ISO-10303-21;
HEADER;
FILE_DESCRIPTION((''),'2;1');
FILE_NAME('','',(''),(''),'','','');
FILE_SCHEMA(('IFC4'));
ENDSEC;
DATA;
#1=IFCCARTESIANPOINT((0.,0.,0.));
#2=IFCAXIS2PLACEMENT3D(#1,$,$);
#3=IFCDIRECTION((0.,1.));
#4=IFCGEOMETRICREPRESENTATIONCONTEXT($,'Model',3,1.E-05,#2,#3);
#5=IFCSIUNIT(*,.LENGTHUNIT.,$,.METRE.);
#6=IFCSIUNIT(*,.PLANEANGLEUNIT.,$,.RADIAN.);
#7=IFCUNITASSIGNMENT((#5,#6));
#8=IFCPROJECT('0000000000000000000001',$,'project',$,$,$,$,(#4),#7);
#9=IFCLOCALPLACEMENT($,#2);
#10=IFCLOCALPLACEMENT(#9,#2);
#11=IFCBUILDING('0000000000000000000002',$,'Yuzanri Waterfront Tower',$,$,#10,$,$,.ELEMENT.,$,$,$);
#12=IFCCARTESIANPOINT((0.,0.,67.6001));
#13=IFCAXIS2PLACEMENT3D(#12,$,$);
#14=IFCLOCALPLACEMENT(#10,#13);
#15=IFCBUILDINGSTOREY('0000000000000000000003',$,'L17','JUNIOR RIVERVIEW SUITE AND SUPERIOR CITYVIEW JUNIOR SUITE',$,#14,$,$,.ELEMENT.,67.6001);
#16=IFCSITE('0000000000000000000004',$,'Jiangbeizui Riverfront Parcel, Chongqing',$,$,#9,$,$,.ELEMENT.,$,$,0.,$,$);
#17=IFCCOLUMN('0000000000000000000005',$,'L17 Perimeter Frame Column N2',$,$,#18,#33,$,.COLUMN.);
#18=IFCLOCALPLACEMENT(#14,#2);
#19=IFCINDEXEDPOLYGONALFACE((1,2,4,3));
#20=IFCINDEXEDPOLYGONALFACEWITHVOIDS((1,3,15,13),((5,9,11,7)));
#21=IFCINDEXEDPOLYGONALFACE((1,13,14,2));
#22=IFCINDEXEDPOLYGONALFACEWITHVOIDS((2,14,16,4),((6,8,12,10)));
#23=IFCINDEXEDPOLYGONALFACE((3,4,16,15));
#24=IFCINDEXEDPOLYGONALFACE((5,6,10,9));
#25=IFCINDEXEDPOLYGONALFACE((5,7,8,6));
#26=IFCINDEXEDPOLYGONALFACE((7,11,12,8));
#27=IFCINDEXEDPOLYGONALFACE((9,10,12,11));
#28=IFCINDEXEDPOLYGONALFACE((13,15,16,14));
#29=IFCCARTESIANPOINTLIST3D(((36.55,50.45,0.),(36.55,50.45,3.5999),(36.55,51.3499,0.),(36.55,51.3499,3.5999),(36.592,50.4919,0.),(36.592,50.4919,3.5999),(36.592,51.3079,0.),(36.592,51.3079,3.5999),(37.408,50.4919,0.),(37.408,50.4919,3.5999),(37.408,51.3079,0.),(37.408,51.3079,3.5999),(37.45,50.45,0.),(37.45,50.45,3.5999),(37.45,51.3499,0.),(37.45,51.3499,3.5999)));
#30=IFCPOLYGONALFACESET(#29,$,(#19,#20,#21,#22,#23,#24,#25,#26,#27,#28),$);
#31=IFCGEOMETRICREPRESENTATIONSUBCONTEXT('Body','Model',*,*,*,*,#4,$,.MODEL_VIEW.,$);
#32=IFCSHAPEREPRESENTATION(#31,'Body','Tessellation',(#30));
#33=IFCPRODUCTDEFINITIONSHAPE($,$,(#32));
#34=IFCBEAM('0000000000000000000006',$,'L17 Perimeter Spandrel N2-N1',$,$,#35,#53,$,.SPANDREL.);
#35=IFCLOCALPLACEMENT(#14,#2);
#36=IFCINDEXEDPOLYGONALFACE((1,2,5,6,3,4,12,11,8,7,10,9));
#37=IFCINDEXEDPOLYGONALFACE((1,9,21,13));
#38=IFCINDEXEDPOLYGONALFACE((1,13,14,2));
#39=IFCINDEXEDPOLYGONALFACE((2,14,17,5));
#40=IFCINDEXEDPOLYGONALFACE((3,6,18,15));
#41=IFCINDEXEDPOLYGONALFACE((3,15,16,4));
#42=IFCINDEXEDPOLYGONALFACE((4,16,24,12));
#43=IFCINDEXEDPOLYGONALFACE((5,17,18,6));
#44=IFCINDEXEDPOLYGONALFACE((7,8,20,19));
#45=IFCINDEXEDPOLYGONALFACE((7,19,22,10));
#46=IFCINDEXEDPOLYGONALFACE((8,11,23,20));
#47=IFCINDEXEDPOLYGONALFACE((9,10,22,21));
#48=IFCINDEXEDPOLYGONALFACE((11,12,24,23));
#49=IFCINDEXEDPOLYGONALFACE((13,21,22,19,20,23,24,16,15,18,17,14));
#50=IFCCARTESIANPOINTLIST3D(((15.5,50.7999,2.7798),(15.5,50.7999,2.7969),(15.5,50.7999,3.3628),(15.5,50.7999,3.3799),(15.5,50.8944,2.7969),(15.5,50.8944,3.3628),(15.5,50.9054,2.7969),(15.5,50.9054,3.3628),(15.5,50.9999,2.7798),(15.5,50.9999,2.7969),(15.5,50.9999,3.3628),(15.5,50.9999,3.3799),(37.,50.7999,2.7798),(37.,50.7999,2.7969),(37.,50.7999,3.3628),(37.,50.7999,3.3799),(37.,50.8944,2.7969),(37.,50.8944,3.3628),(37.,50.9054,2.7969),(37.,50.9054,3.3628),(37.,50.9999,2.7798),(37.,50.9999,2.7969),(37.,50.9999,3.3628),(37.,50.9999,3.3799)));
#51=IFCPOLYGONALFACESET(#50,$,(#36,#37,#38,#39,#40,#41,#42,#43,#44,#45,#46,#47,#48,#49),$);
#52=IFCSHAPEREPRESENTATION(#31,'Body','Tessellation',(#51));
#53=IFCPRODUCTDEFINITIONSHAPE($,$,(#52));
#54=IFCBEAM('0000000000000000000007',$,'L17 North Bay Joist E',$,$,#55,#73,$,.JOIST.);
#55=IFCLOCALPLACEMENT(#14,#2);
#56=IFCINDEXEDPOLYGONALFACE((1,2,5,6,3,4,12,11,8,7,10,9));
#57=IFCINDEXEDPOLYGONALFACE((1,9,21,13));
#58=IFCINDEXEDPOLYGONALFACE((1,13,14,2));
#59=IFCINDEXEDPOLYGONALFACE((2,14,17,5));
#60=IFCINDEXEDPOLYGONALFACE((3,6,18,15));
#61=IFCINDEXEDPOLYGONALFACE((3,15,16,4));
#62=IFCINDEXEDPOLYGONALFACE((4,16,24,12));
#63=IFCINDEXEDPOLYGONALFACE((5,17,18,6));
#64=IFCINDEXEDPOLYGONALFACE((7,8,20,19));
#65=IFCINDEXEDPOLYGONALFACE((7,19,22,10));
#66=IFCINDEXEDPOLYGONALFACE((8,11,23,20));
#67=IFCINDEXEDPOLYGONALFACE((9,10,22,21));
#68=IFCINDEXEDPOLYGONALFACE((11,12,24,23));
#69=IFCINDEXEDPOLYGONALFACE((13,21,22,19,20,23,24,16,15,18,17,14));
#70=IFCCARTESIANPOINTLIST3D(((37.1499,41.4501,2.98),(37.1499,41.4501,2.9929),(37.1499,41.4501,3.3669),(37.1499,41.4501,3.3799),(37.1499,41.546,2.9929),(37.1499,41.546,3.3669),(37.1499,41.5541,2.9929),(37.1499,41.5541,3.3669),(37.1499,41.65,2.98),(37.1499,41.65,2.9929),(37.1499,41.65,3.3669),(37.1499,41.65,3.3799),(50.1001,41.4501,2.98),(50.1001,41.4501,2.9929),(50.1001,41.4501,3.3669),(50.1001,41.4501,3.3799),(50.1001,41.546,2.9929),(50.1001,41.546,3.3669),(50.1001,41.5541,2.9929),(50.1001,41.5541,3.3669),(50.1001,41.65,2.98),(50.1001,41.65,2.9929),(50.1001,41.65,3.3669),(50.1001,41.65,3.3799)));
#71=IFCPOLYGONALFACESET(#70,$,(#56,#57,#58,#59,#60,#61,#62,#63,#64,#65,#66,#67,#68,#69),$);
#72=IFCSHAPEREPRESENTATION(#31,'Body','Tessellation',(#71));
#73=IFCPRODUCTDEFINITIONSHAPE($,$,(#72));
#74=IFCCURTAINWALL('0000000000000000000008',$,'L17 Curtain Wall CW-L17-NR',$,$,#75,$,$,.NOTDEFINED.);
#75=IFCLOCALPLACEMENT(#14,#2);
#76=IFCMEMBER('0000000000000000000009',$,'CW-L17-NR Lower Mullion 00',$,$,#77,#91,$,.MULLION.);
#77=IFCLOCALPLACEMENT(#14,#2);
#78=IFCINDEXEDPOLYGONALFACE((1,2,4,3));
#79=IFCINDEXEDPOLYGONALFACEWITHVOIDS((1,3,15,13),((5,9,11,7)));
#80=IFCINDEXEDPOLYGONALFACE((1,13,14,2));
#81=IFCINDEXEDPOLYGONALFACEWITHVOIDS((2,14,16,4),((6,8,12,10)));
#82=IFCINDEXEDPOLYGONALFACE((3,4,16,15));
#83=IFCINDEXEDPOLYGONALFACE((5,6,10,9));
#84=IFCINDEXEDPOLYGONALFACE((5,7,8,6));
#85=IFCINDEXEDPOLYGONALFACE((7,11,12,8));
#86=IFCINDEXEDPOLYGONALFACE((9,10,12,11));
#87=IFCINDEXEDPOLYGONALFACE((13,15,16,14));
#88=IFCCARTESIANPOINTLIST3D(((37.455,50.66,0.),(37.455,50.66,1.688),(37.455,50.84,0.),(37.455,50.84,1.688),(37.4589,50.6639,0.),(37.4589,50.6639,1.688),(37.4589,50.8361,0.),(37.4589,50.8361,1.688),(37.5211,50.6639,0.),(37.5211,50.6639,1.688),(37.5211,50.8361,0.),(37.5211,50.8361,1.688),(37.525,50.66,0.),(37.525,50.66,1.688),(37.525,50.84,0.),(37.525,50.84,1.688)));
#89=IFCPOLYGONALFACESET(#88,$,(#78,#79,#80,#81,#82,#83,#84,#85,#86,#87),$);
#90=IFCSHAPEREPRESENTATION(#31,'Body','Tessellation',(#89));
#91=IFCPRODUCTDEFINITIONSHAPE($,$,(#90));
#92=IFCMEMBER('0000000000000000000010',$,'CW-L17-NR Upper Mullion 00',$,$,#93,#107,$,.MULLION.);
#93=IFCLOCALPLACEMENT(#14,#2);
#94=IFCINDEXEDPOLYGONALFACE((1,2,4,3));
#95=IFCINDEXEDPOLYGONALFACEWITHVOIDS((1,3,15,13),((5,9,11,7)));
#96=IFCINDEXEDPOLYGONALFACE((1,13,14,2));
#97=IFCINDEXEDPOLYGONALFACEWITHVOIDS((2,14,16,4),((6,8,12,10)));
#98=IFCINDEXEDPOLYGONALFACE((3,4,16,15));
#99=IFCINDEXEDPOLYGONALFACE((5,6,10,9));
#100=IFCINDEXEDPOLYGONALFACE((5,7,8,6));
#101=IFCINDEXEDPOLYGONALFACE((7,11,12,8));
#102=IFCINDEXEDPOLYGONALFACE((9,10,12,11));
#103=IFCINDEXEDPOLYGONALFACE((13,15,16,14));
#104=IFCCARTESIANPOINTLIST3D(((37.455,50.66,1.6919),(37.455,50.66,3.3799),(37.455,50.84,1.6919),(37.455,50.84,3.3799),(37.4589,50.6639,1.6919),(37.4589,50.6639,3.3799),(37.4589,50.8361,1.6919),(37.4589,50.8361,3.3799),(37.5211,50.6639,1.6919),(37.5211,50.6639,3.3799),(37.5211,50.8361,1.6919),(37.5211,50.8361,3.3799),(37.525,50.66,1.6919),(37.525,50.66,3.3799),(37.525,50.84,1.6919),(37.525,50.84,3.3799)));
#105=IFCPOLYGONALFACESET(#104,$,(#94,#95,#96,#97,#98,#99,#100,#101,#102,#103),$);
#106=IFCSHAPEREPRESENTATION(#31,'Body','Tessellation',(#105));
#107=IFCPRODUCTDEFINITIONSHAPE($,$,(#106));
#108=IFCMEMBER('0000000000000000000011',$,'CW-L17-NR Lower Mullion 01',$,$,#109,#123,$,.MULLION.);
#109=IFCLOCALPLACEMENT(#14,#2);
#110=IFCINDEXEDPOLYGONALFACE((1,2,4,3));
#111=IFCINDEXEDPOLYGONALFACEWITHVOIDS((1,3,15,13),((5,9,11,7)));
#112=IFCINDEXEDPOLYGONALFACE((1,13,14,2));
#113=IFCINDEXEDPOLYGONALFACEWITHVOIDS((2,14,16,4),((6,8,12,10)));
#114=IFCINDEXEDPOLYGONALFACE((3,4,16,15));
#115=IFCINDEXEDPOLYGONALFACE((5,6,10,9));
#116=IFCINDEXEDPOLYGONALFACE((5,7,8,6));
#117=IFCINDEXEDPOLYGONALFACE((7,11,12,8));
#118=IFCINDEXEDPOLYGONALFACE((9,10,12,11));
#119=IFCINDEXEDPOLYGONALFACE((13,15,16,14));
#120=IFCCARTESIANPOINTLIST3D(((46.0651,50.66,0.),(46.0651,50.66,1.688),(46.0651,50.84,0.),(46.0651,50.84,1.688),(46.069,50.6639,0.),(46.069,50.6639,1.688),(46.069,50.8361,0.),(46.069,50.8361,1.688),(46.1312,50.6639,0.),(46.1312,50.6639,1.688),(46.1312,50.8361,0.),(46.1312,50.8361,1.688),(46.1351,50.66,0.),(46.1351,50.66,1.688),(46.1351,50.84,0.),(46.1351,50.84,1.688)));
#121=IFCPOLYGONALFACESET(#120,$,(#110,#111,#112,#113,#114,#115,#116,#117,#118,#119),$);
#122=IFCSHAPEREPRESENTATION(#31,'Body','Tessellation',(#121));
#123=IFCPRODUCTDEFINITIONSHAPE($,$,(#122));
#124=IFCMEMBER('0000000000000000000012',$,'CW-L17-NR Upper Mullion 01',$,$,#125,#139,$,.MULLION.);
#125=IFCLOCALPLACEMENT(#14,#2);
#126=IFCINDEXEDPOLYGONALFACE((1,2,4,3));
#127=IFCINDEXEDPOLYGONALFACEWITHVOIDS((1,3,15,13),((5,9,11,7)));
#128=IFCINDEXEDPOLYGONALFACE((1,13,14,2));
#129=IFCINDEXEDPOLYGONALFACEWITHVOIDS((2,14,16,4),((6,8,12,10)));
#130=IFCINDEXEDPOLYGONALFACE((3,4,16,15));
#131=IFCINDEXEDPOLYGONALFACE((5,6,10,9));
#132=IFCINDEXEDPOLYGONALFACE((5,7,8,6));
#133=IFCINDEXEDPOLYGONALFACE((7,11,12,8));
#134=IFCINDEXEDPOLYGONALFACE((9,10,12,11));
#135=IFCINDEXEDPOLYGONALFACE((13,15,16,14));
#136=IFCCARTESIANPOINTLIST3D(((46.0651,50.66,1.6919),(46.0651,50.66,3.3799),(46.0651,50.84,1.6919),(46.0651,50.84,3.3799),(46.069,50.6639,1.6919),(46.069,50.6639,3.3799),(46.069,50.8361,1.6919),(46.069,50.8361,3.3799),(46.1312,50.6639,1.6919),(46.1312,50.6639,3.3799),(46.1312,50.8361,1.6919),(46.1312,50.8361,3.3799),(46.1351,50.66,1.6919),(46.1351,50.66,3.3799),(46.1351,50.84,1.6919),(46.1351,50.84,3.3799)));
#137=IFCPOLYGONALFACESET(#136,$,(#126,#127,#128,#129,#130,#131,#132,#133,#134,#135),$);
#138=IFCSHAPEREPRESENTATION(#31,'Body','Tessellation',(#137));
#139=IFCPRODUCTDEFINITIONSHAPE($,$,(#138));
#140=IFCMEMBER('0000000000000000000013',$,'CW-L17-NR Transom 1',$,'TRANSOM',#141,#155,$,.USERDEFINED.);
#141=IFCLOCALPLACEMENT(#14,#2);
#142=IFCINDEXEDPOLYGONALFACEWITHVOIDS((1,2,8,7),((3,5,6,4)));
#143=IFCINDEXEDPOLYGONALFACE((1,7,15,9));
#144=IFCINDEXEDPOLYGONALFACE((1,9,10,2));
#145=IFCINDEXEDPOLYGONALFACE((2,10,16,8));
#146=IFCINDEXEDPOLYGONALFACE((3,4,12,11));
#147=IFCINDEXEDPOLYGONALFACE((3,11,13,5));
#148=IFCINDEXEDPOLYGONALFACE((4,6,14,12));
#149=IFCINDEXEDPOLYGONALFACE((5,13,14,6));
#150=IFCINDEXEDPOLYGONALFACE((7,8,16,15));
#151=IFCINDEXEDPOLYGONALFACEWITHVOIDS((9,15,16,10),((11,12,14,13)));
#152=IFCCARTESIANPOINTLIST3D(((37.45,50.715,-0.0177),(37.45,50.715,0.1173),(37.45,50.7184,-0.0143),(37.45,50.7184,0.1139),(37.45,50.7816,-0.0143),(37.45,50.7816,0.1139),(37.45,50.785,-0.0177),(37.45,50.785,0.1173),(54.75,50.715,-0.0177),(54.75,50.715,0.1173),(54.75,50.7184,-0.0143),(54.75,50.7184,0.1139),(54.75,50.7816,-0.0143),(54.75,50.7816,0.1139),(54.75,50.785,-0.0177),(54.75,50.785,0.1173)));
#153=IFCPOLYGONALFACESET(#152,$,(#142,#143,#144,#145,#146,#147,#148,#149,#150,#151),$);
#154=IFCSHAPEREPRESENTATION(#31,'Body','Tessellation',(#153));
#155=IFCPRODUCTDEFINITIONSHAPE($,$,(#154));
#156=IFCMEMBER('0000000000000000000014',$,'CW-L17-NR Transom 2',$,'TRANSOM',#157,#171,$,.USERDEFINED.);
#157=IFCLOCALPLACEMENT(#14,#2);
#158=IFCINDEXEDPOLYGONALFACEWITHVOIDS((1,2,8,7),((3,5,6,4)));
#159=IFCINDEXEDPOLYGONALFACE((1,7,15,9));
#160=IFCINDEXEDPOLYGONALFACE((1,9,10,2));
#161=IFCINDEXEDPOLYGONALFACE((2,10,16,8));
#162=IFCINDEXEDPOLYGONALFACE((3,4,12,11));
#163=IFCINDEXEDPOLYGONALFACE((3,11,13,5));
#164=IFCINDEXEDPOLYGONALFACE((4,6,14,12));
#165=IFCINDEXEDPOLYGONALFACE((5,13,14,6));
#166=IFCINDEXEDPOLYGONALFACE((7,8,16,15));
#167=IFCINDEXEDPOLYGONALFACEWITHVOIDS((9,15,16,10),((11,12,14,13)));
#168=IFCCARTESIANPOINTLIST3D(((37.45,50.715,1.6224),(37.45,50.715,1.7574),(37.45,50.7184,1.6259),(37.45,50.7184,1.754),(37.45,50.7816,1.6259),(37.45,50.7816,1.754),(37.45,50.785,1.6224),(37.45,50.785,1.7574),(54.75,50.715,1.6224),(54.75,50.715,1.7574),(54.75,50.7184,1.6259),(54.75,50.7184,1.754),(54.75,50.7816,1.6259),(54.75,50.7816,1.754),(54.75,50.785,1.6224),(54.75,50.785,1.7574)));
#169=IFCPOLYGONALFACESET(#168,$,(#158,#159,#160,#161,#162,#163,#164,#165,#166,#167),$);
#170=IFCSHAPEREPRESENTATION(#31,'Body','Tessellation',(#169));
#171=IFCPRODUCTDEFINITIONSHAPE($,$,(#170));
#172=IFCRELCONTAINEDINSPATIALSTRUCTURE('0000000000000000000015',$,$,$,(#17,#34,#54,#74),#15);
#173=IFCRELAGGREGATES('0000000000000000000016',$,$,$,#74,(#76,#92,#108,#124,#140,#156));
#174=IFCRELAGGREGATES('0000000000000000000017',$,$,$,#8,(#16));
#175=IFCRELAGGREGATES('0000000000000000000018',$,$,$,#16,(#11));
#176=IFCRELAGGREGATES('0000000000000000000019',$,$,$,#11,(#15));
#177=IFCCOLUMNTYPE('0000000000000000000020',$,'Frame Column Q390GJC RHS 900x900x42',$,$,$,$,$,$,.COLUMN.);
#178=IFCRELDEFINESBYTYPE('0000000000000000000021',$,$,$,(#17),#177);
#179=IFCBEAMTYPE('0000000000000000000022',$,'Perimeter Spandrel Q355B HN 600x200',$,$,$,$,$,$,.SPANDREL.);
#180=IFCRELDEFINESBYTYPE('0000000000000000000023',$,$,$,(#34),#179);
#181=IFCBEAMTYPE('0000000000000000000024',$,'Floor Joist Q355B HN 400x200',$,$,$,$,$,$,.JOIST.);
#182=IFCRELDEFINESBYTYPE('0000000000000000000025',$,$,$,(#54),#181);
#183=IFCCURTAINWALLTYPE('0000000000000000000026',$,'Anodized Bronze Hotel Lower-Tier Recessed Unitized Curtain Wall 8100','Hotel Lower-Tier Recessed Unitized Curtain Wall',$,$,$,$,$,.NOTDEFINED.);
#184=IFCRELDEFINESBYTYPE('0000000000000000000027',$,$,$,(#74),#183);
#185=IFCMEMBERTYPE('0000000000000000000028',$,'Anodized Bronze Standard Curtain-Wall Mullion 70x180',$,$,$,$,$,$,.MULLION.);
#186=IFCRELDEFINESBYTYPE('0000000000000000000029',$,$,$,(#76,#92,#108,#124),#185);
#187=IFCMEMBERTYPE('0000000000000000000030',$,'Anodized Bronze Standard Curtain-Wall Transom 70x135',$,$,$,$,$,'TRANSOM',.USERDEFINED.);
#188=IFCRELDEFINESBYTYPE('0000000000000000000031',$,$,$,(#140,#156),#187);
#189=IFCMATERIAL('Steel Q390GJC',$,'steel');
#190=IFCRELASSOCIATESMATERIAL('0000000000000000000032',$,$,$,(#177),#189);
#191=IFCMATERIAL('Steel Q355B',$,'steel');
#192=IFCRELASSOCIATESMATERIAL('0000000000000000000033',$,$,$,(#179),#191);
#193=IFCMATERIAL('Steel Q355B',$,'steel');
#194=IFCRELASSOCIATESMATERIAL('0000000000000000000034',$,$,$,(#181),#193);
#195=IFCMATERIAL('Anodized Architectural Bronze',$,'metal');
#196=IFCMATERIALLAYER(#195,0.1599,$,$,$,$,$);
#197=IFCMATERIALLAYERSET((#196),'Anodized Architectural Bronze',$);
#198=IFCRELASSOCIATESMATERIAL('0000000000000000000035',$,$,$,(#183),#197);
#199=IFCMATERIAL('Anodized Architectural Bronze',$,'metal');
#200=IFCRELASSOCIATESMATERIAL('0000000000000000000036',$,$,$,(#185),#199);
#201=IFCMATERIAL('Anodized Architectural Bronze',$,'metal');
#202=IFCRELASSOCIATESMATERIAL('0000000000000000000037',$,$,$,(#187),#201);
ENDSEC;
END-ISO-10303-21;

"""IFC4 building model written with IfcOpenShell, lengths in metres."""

from ifc_helpers import new_model, si_unit, direction, frame, origin, origin_2d, place, context, subcontext, project, spatial, hollow_rectangle, i_section, extrude, source, transform, mapped, material, layer, layer_set, material_profile, profile_set, type_object, element, aggregate, save


model = new_model("IFC4")

# Units and contexts
model_context = context("Model", 3, precision=1e-05, world=origin(), true_north=direction((0.0, 1.0)))
body_context = subcontext(model_context, "Body", "Model", "MODEL_VIEW")
ifc_project = project(units=[si_unit("LENGTHUNIT", "METRE"), si_unit("PLANEANGLEUNIT", "RADIAN")], contexts=[model_context])

# Site, building, storey
site_placement = place(None, origin())
site = spatial("IfcSite", under=ifc_project, at=site_placement, Name="Jiangbeizui Riverfront Parcel, Chongqing", CompositionType="ELEMENT", RefElevation=0.0)
building_placement = place(site_placement, origin())
building = spatial("IfcBuilding", under=site, at=building_placement, Name="Yuzanri Waterfront Tower", CompositionType="ELEMENT")
storey_placement = place(building_placement, frame((0.0, 0.0, 67.6001)))
storey = spatial("IfcBuildingStorey", under=building, at=storey_placement, Name="L17", Description="JUNIOR RIVERVIEW SUITE AND SUPERIOR CITYVIEW JUNIOR SUITE", CompositionType="ELEMENT", Elevation=67.6001)

# Column
ifc_material_1 = material(Name="Steel Q390GJC", Category="steel")
ifc_material_profile_1 = material_profile(ifc_material_1, hollow_rectangle(XDim=0.8999, YDim=0.8999, WallThickness=0.042, at=origin_2d()), Name="RHS 900x900x42")
ifc_profile_set_1 = profile_set([ifc_material_profile_1], Name="Steel Q390GJC")
column_type = type_object("IfcColumnType", Name="Frame Column Q390GJC RHS 900x900x42", PredefinedType="COLUMN", material=ifc_profile_set_1)
shared_shape_1 = source(origin(), body_context, "Body", "SweptSolid", [
    extrude(hollow_rectangle(XDim=0.8999, YDim=0.8999, WallThickness=0.042, at=origin_2d()), origin(), (0.0, 0.0, 1.0), 3.5999),
])
column_placement = place(storey_placement, frame((37.0, 50.8999, 0.0), z_axis=(0.0, 0.0, 1.0), x_axis=(1.0, 0.0, 0.0)))
element("IfcColumn", 1, at=column_placement, inside=storey, type_object=column_type, Name="L17 Perimeter Frame Column N2", PredefinedType="COLUMN", context=body_context, shape_type="MappedRepresentation", body=[
    mapped(shared_shape_1, transform((0.0, 0.0, 0.0), scale=1.0)),
])

# Beams
ifc_material_2 = material(Name="Steel Q355B", Category="steel")
ifc_material_profile_2 = material_profile(ifc_material_2, i_section(OverallWidth=0.2, OverallDepth=0.6001, WebThickness=0.011, FlangeThickness=0.0171, at=origin_2d()), Name="HN 600x200x11x17")
ifc_profile_set_2 = profile_set([ifc_material_profile_2], Name="Steel Q355B")
beam_type_1 = type_object("IfcBeamType", Name="Perimeter Spandrel Q355B HN 600x200", PredefinedType="SPANDREL", material=ifc_profile_set_2)
shared_shape_2 = source(origin(), body_context, "Body", "SweptSolid", [
    extrude(i_section(OverallWidth=0.2, OverallDepth=0.6001, WebThickness=0.011, FlangeThickness=0.0171, at=origin_2d()), origin(), (0.0, 0.0, 1.0), 21.5),
])
beam_1_placement = place(storey_placement, frame((37.0, 50.8999, 3.0798), z_axis=(-1.0, 0.0, 0.0), x_axis=(0.0, -1.0, 0.0)))
element("IfcBeam", 2, at=beam_1_placement, inside=storey, type_object=beam_type_1, Name="L17 Perimeter Spandrel N2-N1", PredefinedType="SPANDREL", context=body_context, shape_type="MappedRepresentation", body=[
    mapped(shared_shape_2, transform((0.0, 0.0, 0.0), scale=1.0)),
])
ifc_material_3 = material(Name="Steel Q355B", Category="steel")
ifc_material_profile_3 = material_profile(ifc_material_3, i_section(OverallWidth=0.2, OverallDepth=0.3999, WebThickness=0.0081, FlangeThickness=0.0129, at=origin_2d()), Name="HN 400x200x8x13")
ifc_profile_set_3 = profile_set([ifc_material_profile_3], Name="Steel Q355B")
beam_type_2 = type_object("IfcBeamType", Name="Floor Joist Q355B HN 400x200", PredefinedType="JOIST", material=ifc_profile_set_3)
shared_shape_3 = source(origin(), body_context, "Body", "SweptSolid", [
    extrude(i_section(OverallWidth=0.2, OverallDepth=0.3999, WebThickness=0.0081, FlangeThickness=0.0129, at=origin_2d()), origin(), (0.0, 0.0, 1.0), 12.9502),
])
beam_2_placement = place(storey_placement, frame((37.1499, 41.55, 3.1799), z_axis=(1.0, 0.0, 0.0), x_axis=(0.0, 1.0, 0.0)))
element("IfcBeam", 3, at=beam_2_placement, inside=storey, type_object=beam_type_2, Name="L17 North Bay Joist E", PredefinedType="JOIST", context=body_context, shape_type="MappedRepresentation", body=[
    mapped(shared_shape_3, transform((0.0, 0.0, 0.0), scale=1.0)),
])

# Curtain wall, members
ifc_material_4 = material(Name="Anodized Architectural Bronze", Category="metal")
ifc_layer_1 = layer(ifc_material_4, 0.1599)
ifc_layer_set_1 = layer_set([ifc_layer_1], Name="Anodized Architectural Bronze")
curtain_wall_type = type_object("IfcCurtainWallType", Name="Anodized Bronze Hotel Lower-Tier Recessed Unitized Curtain Wall 8100", Description="Hotel Lower-Tier Recessed Unitized Curtain Wall", PredefinedType="NOTDEFINED", material=ifc_layer_set_1)
curtain_wall_placement = place(storey_placement, origin())
curtain_wall = element("IfcCurtainWall", 4, at=curtain_wall_placement, inside=storey, type_object=curtain_wall_type, Name="L17 Curtain Wall CW-L17-NR", PredefinedType="NOTDEFINED")
ifc_material_5 = material(Name="Anodized Architectural Bronze", Category="metal")
ifc_material_profile_4 = material_profile(ifc_material_5, hollow_rectangle(XDim=0.0701, YDim=0.1799, WallThickness=0.0039, at=origin_2d()), Name="CWM 70x180")
ifc_profile_set_4 = profile_set([ifc_material_profile_4], Name="Anodized Architectural Bronze")
member_type_1 = type_object("IfcMemberType", Name="Anodized Bronze Standard Curtain-Wall Mullion 70x180", PredefinedType="MULLION", material=ifc_profile_set_4)
shared_shape_4 = source(origin(), body_context, "Body", "SweptSolid", [
    extrude(hollow_rectangle(XDim=0.0701, YDim=0.1799, WallThickness=0.0039, at=origin_2d()), origin(), (0.0, 0.0, 1.0), 1.688),
])
member_1_placement = place(storey_placement, frame((37.49, 50.75, 0.0), z_axis=(0.0, 0.0, 1.0), x_axis=(1.0, 0.0, 0.0)))
member_1 = element("IfcMember", 5, at=member_1_placement, type_object=member_type_1, Name="CW-L17-NR Lower Mullion 00", PredefinedType="MULLION", context=body_context, shape_type="MappedRepresentation", body=[
    mapped(shared_shape_4, transform((0.0, 0.0, 0.0), scale=1.0)),
])
member_2_placement = place(storey_placement, frame((37.49, 50.75, 1.6919), z_axis=(0.0, 0.0, 1.0), x_axis=(1.0, 0.0, 0.0)))
member_2 = element("IfcMember", 6, at=member_2_placement, type_object=member_type_1, Name="CW-L17-NR Upper Mullion 00", PredefinedType="MULLION", context=body_context, shape_type="MappedRepresentation", body=[
    mapped(shared_shape_4, transform((0.0, 0.0, 0.0), scale=1.0)),
])
member_3_placement = place(storey_placement, frame((46.1001, 50.75, 0.0), z_axis=(0.0, 0.0, 1.0), x_axis=(1.0, 0.0, 0.0)))
member_3 = element("IfcMember", 7, at=member_3_placement, type_object=member_type_1, Name="CW-L17-NR Lower Mullion 01", PredefinedType="MULLION", context=body_context, shape_type="MappedRepresentation", body=[
    mapped(shared_shape_4, transform((0.0, 0.0, 0.0), scale=1.0)),
])
member_4_placement = place(storey_placement, frame((46.1001, 50.75, 1.6919), z_axis=(0.0, 0.0, 1.0), x_axis=(1.0, 0.0, 0.0)))
member_4 = element("IfcMember", 8, at=member_4_placement, type_object=member_type_1, Name="CW-L17-NR Upper Mullion 01", PredefinedType="MULLION", context=body_context, shape_type="MappedRepresentation", body=[
    mapped(shared_shape_4, transform((0.0, 0.0, 0.0), scale=1.0)),
])
ifc_material_6 = material(Name="Anodized Architectural Bronze", Category="metal")
ifc_material_profile_5 = material_profile(ifc_material_6, hollow_rectangle(XDim=0.0701, YDim=0.135, WallThickness=0.0034, at=origin_2d()), Name="CWT 70x135")
ifc_profile_set_5 = profile_set([ifc_material_profile_5], Name="Anodized Architectural Bronze")
member_type_2 = type_object("IfcMemberType", Name="Anodized Bronze Standard Curtain-Wall Transom 70x135", ElementType="TRANSOM", PredefinedType="USERDEFINED", material=ifc_profile_set_5)
shared_shape_5 = source(origin(), body_context, "Body", "SweptSolid", [
    extrude(hollow_rectangle(XDim=0.0701, YDim=0.135, WallThickness=0.0034, at=origin_2d()), origin(), (0.0, 0.0, 1.0), 17.3),
])
member_5_placement = place(storey_placement, frame((37.45, 50.75, 0.0498), z_axis=(1.0, 0.0, 0.0), x_axis=(0.0, 1.0, 0.0)))
member_5 = element("IfcMember", 9, at=member_5_placement, type_object=member_type_2, Name="CW-L17-NR Transom 1", ObjectType="TRANSOM", PredefinedType="USERDEFINED", context=body_context, shape_type="MappedRepresentation", body=[
    mapped(shared_shape_5, transform((0.0, 0.0, 0.0), scale=1.0)),
])
member_6_placement = place(storey_placement, frame((37.45, 50.75, 1.6899), z_axis=(1.0, 0.0, 0.0), x_axis=(0.0, 1.0, 0.0)))
member_6 = element("IfcMember", 10, at=member_6_placement, type_object=member_type_2, Name="CW-L17-NR Transom 2", ObjectType="TRANSOM", PredefinedType="USERDEFINED", context=body_context, shape_type="MappedRepresentation", body=[
    mapped(shared_shape_5, transform((0.0, 0.0, 0.0), scale=1.0)),
])
aggregate(curtain_wall, [member_1, member_2, member_3, member_4, member_5, member_6])

save(model, "model.ifc")
